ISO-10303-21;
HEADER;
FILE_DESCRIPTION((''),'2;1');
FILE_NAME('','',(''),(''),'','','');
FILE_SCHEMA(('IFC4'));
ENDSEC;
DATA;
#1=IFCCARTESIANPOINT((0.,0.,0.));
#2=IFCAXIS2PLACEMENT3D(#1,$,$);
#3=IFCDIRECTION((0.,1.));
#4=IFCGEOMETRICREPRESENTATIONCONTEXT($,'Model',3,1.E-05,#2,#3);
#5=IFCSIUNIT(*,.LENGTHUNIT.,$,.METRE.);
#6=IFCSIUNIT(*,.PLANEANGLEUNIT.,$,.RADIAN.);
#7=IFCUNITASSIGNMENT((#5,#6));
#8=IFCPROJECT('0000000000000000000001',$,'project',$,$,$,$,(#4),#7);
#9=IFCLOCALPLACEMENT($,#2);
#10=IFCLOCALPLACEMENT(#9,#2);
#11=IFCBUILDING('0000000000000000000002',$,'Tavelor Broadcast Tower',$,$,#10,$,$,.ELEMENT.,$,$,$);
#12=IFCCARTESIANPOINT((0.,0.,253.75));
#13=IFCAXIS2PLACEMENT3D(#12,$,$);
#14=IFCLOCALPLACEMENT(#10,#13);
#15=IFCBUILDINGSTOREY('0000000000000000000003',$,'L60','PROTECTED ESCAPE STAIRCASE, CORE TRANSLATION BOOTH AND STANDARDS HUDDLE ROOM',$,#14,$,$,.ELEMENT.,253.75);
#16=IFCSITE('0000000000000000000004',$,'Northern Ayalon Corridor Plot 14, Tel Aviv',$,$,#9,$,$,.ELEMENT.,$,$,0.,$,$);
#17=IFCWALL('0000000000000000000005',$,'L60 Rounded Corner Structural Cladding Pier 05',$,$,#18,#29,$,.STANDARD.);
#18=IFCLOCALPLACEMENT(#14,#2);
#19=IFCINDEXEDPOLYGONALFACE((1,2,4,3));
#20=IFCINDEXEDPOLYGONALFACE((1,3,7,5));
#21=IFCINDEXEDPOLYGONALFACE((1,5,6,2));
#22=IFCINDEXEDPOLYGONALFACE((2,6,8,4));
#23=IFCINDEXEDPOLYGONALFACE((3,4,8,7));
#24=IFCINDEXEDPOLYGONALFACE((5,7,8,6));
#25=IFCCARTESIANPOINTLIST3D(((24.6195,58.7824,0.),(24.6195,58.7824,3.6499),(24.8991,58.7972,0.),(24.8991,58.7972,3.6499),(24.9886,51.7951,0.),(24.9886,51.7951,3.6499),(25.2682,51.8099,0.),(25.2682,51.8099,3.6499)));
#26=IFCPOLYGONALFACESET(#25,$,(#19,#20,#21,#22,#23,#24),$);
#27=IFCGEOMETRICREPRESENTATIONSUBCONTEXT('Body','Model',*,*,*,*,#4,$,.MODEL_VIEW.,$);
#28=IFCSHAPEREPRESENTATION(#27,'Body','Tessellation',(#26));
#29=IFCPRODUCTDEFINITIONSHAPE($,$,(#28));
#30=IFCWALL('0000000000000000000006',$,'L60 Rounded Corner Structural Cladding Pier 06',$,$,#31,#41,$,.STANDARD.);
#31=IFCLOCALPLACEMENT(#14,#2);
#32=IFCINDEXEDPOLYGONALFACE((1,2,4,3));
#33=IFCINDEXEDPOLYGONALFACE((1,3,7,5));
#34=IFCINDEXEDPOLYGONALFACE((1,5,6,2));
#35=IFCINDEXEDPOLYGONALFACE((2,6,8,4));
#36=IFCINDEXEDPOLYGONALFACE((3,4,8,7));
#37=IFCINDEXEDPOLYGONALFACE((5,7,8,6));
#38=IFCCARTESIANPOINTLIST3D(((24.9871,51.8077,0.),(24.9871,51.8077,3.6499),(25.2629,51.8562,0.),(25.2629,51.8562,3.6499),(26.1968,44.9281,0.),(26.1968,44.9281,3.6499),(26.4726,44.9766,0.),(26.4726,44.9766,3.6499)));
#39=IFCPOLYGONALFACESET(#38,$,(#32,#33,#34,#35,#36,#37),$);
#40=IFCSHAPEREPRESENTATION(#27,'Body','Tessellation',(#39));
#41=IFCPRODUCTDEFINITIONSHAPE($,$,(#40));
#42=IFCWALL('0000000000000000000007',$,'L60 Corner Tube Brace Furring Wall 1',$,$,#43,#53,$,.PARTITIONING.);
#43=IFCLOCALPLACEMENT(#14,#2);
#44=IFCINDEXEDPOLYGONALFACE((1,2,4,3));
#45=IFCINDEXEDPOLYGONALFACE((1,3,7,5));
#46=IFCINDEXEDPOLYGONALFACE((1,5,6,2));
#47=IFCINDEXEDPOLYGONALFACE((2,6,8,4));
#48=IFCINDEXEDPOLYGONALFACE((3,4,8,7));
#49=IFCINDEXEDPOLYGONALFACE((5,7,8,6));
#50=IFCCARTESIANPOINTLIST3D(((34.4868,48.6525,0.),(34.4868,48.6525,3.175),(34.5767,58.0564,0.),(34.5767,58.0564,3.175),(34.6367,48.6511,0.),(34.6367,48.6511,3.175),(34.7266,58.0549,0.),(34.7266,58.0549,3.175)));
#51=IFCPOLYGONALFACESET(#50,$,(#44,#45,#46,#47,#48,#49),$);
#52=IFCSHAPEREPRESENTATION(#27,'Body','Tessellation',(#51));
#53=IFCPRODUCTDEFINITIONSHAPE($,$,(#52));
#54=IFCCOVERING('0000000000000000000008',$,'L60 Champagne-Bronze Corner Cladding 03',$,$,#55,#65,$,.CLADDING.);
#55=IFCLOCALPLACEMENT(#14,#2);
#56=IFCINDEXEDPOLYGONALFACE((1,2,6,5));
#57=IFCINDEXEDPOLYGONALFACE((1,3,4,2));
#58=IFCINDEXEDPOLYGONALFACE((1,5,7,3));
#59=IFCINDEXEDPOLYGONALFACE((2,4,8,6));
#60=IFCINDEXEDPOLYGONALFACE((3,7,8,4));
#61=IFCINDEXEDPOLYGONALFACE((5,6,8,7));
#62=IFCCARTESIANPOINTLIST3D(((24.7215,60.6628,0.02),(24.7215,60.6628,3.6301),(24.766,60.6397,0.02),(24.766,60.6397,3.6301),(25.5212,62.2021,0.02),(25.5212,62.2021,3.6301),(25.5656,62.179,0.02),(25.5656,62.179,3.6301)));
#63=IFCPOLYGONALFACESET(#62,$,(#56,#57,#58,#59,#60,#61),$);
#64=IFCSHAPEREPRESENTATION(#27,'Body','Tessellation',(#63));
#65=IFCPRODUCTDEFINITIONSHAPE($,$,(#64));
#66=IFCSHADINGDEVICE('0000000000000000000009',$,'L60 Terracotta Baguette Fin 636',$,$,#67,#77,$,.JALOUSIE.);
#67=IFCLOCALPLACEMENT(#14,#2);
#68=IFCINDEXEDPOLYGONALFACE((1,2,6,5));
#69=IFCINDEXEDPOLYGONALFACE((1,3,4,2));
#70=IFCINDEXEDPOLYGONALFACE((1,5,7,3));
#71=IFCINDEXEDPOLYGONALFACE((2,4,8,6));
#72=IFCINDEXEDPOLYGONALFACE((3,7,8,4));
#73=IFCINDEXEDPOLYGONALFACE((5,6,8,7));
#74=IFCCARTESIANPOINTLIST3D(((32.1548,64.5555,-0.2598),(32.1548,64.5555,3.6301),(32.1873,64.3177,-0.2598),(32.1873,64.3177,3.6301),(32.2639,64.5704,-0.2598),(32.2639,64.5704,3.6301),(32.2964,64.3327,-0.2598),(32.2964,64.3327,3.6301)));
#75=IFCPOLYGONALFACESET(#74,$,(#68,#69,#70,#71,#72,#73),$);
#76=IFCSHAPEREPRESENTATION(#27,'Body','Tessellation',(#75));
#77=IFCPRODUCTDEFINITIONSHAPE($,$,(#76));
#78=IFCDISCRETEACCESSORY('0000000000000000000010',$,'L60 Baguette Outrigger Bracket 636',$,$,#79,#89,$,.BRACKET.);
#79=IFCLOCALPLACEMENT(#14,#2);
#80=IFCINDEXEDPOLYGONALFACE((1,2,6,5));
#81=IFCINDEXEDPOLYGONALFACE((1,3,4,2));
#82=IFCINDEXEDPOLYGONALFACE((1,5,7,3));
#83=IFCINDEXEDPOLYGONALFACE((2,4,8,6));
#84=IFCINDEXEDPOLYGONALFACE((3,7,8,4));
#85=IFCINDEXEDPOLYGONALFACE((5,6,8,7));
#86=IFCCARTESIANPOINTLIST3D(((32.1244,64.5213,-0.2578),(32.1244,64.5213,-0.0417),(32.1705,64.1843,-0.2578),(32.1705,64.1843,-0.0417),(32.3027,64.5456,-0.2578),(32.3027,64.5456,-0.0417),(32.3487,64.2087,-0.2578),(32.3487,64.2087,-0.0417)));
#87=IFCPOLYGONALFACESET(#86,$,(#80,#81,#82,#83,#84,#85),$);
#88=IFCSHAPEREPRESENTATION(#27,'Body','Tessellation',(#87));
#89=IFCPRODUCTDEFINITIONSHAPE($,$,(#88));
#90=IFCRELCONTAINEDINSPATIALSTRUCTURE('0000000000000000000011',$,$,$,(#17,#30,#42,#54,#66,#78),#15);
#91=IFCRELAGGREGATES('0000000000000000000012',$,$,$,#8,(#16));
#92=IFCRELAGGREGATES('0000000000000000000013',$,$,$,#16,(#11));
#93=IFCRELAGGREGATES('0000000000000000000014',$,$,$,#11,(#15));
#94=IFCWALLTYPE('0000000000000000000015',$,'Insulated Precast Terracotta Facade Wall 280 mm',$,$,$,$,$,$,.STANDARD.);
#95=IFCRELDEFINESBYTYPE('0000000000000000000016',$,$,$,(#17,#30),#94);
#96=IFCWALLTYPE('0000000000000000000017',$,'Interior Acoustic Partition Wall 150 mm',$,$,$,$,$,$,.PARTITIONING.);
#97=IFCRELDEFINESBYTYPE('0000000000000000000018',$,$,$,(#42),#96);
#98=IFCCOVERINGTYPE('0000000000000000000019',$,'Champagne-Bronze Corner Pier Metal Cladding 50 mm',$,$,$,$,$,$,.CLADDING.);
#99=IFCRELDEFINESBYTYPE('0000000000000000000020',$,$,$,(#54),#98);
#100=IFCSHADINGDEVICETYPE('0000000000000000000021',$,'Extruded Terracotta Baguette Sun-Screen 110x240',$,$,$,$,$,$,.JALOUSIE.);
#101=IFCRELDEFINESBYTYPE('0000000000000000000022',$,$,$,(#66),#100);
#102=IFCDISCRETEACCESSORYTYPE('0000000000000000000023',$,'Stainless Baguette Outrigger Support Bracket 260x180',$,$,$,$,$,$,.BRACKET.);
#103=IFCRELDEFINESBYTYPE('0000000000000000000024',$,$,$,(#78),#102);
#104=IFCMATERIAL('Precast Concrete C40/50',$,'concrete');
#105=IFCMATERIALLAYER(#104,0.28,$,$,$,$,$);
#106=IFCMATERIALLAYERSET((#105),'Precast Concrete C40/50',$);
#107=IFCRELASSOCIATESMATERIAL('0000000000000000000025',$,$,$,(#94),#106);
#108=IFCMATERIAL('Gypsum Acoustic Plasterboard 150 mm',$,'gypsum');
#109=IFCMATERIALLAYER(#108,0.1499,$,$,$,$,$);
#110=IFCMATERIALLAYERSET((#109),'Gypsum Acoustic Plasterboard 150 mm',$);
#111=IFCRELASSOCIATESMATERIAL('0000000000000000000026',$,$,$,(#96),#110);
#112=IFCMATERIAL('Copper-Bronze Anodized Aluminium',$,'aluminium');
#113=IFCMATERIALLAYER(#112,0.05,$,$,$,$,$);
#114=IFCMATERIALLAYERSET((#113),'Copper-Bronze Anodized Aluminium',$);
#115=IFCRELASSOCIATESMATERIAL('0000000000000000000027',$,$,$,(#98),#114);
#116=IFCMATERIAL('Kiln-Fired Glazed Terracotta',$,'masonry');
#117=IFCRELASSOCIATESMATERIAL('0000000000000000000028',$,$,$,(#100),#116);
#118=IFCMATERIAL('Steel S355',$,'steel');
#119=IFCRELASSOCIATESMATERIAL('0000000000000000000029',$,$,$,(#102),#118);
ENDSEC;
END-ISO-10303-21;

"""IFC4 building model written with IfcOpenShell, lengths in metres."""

from ifc_helpers import new_model, si_unit, direction, frame, frame_2d, origin, origin_2d, place, context, subcontext, project, spatial, rectangle, extrude, source, transform, mapped, material, layer, layer_set, type_object, type_shapes, element, save


model = new_model("IFC4")

# Units and contexts
model_context = context("Model", 3, precision=1e-05, world=origin(), true_north=direction((0.0, 1.0)))
body_context = subcontext(model_context, "Body", "Model", "MODEL_VIEW")
ifc_project = project(units=[si_unit("LENGTHUNIT", "METRE"), si_unit("PLANEANGLEUNIT", "RADIAN")], contexts=[model_context])

# Site, building, storey
site_placement = place(None, origin())
site = spatial("IfcSite", under=ifc_project, at=site_placement, Name="Northern Ayalon Corridor Plot 14, Tel Aviv", CompositionType="ELEMENT", RefElevation=0.0)
building_placement = place(site_placement, origin())
building = spatial("IfcBuilding", under=site, at=building_placement, Name="Tavelor Broadcast Tower", CompositionType="ELEMENT")
storey_placement = place(building_placement, frame((0.0, 0.0, 253.75)))
storey = spatial("IfcBuildingStorey", under=building, at=storey_placement, Name="L60", Description="PROTECTED ESCAPE STAIRCASE, CORE TRANSLATION BOOTH AND STANDARDS HUDDLE ROOM", CompositionType="ELEMENT", Elevation=253.75)

# Shared definitions
ifc_material_1 = material(Name="Steel S355", Category="steel")

# Walls
ifc_material_2 = material(Name="Precast Concrete C40/50", Category="concrete")
ifc_layer_1 = layer(ifc_material_2, 0.28)
ifc_layer_set_1 = layer_set([ifc_layer_1], Name="Precast Concrete C40/50")
wall_type_1 = type_object("IfcWallType", Name="Insulated Precast Terracotta Facade Wall 280 mm", PredefinedType="STANDARD", material=ifc_layer_set_1)
wall_1_placement = place(storey_placement, frame((24.7593, 58.7898, 0.0), z_axis=(0.0, 0.0, 1.0), x_axis=(0.052757, -0.998607, 0.0)))
element("IfcWall", 1, at=wall_1_placement, inside=storey, type_object=wall_type_1, Name="L60 Rounded Corner Structural Cladding Pier 05", PredefinedType="STANDARD", context=body_context, shape_type="SweptSolid", body=[
    extrude(rectangle(XDim=6.9971, YDim=0.28, at=frame_2d((3.4985, 0.0))), origin(), (0.0, 0.0, 1.0), 3.6499),
])
wall_2_placement = place(storey_placement, frame((25.125, 51.832, 0.0), z_axis=(0.0, 0.0, 1.0), x_axis=(0.173183, -0.98489, 0.0)))
element("IfcWall", 2, at=wall_2_placement, inside=storey, type_object=wall_type_1, Name="L60 Rounded Corner Structural Cladding Pier 06", PredefinedType="STANDARD", context=body_context, shape_type="SweptSolid", body=[
    extrude(rectangle(XDim=6.9851, YDim=0.28, at=frame_2d((3.4927, 0.0))), origin(), (0.0, 0.0, 1.0), 3.6499),
])
ifc_material_3 = material(Name="Gypsum Acoustic Plasterboard 150 mm", Category="gypsum")
ifc_layer_2 = layer(ifc_material_3, 0.1499)
ifc_layer_set_2 = layer_set([ifc_layer_2], Name="Gypsum Acoustic Plasterboard 150 mm")
wall_type_2 = type_object("IfcWallType", Name="Interior Acoustic Partition Wall 150 mm", PredefinedType="PARTITIONING", material=ifc_layer_set_2)
wall_3_placement = place(storey_placement, frame((34.6516, 58.0557, 0.0), z_axis=(0.0, 0.0, 1.0), x_axis=(-0.009554, -0.999954, 0.0)))
element("IfcWall", 3, at=wall_3_placement, inside=storey, type_object=wall_type_2, Name="L60 Corner Tube Brace Furring Wall 1", PredefinedType="PARTITIONING", context=body_context, shape_type="SweptSolid", body=[
    extrude(rectangle(XDim=9.4043, YDim=0.1499, at=frame_2d((4.7021, 0.0))), origin(), (0.0, 0.0, 1.0), 3.175),
])

# Covering
ifc_material_4 = material(Name="Copper-Bronze Anodized Aluminium", Category="aluminium")
ifc_layer_3 = layer(ifc_material_4, 0.05)
ifc_layer_set_3 = layer_set([ifc_layer_3], Name="Copper-Bronze Anodized Aluminium")
covering_type = type_object("IfcCoveringType", Name="Champagne-Bronze Corner Pier Metal Cladding 50 mm", PredefinedType="CLADDING", material=ifc_layer_set_3)
covering_placement = place(storey_placement, frame((25.1436, 61.4209, 0.02), z_axis=(0.0, 0.0, 1.0), x_axis=(-0.460974, -0.887413, 0.0)))
element("IfcCovering", 4, at=covering_placement, inside=storey, type_object=covering_type, Name="L60 Champagne-Bronze Corner Cladding 03", PredefinedType="CLADDING", context=body_context, shape_type="SweptSolid", body=[
    extrude(rectangle(XDim=1.7346, YDim=0.05, at=origin_2d()), origin(), (0.0, 0.0, 1.0), 3.6101),
])

# Shading device
ifc_material_5 = material(Name="Kiln-Fired Glazed Terracotta", Category="masonry")
shading_device_type = type_object("IfcShadingDeviceType", Name="Extruded Terracotta Baguette Sun-Screen 110x240", PredefinedType="JALOUSIE", material=ifc_material_5)
shared_shape_1 = source(origin(), body_context, "Body", "SweptSolid", [
    extrude(rectangle(XDim=0.1101, YDim=0.24, at=origin_2d()), origin(), (0.0, 0.0, 1.0), 3.8899),
])
type_shapes(shading_device_type, [shared_shape_1])
shading_device_placement = place(storey_placement, frame((32.2256, 64.4441, -0.2598), z_axis=(0.0, 0.0, 1.0), x_axis=(-0.990795, -0.13537, 0.0)))
element("IfcShadingDevice", 5, at=shading_device_placement, inside=storey, type_object=shading_device_type, Name="L60 Terracotta Baguette Fin 636", PredefinedType="JALOUSIE", context=body_context, shape_type="MappedRepresentation", body=[
    mapped(shared_shape_1, transform((0.0, 0.0, 0.0), scale=1.0)),
])

# Discrete accessory
discrete_accessory_type = type_object("IfcDiscreteAccessoryType", Name="Stainless Baguette Outrigger Support Bracket 260x180", PredefinedType="BRACKET", material=ifc_material_1)
shared_shape_2 = source(origin(), body_context, "Body", "SweptSolid", [
    extrude(rectangle(XDim=0.1799, YDim=0.3401, at=origin_2d()), origin(), (0.0, 0.0, 1.0), 0.2161),
])
type_shapes(discrete_accessory_type, [shared_shape_2])
discrete_accessory_placement = place(storey_placement, frame((32.2366, 64.365, -0.2578), z_axis=(0.0, 0.0, 1.0), x_axis=(-0.990795, -0.13537, 0.0)))
element("IfcDiscreteAccessory", 6, at=discrete_accessory_placement, inside=storey, type_object=discrete_accessory_type, Name="L60 Baguette Outrigger Bracket 636", PredefinedType="BRACKET", context=body_context, shape_type="MappedRepresentation", body=[
    mapped(shared_shape_2, transform((0.0, 0.0, 0.0), scale=1.0)),
])

save(model, "model.ifc")
